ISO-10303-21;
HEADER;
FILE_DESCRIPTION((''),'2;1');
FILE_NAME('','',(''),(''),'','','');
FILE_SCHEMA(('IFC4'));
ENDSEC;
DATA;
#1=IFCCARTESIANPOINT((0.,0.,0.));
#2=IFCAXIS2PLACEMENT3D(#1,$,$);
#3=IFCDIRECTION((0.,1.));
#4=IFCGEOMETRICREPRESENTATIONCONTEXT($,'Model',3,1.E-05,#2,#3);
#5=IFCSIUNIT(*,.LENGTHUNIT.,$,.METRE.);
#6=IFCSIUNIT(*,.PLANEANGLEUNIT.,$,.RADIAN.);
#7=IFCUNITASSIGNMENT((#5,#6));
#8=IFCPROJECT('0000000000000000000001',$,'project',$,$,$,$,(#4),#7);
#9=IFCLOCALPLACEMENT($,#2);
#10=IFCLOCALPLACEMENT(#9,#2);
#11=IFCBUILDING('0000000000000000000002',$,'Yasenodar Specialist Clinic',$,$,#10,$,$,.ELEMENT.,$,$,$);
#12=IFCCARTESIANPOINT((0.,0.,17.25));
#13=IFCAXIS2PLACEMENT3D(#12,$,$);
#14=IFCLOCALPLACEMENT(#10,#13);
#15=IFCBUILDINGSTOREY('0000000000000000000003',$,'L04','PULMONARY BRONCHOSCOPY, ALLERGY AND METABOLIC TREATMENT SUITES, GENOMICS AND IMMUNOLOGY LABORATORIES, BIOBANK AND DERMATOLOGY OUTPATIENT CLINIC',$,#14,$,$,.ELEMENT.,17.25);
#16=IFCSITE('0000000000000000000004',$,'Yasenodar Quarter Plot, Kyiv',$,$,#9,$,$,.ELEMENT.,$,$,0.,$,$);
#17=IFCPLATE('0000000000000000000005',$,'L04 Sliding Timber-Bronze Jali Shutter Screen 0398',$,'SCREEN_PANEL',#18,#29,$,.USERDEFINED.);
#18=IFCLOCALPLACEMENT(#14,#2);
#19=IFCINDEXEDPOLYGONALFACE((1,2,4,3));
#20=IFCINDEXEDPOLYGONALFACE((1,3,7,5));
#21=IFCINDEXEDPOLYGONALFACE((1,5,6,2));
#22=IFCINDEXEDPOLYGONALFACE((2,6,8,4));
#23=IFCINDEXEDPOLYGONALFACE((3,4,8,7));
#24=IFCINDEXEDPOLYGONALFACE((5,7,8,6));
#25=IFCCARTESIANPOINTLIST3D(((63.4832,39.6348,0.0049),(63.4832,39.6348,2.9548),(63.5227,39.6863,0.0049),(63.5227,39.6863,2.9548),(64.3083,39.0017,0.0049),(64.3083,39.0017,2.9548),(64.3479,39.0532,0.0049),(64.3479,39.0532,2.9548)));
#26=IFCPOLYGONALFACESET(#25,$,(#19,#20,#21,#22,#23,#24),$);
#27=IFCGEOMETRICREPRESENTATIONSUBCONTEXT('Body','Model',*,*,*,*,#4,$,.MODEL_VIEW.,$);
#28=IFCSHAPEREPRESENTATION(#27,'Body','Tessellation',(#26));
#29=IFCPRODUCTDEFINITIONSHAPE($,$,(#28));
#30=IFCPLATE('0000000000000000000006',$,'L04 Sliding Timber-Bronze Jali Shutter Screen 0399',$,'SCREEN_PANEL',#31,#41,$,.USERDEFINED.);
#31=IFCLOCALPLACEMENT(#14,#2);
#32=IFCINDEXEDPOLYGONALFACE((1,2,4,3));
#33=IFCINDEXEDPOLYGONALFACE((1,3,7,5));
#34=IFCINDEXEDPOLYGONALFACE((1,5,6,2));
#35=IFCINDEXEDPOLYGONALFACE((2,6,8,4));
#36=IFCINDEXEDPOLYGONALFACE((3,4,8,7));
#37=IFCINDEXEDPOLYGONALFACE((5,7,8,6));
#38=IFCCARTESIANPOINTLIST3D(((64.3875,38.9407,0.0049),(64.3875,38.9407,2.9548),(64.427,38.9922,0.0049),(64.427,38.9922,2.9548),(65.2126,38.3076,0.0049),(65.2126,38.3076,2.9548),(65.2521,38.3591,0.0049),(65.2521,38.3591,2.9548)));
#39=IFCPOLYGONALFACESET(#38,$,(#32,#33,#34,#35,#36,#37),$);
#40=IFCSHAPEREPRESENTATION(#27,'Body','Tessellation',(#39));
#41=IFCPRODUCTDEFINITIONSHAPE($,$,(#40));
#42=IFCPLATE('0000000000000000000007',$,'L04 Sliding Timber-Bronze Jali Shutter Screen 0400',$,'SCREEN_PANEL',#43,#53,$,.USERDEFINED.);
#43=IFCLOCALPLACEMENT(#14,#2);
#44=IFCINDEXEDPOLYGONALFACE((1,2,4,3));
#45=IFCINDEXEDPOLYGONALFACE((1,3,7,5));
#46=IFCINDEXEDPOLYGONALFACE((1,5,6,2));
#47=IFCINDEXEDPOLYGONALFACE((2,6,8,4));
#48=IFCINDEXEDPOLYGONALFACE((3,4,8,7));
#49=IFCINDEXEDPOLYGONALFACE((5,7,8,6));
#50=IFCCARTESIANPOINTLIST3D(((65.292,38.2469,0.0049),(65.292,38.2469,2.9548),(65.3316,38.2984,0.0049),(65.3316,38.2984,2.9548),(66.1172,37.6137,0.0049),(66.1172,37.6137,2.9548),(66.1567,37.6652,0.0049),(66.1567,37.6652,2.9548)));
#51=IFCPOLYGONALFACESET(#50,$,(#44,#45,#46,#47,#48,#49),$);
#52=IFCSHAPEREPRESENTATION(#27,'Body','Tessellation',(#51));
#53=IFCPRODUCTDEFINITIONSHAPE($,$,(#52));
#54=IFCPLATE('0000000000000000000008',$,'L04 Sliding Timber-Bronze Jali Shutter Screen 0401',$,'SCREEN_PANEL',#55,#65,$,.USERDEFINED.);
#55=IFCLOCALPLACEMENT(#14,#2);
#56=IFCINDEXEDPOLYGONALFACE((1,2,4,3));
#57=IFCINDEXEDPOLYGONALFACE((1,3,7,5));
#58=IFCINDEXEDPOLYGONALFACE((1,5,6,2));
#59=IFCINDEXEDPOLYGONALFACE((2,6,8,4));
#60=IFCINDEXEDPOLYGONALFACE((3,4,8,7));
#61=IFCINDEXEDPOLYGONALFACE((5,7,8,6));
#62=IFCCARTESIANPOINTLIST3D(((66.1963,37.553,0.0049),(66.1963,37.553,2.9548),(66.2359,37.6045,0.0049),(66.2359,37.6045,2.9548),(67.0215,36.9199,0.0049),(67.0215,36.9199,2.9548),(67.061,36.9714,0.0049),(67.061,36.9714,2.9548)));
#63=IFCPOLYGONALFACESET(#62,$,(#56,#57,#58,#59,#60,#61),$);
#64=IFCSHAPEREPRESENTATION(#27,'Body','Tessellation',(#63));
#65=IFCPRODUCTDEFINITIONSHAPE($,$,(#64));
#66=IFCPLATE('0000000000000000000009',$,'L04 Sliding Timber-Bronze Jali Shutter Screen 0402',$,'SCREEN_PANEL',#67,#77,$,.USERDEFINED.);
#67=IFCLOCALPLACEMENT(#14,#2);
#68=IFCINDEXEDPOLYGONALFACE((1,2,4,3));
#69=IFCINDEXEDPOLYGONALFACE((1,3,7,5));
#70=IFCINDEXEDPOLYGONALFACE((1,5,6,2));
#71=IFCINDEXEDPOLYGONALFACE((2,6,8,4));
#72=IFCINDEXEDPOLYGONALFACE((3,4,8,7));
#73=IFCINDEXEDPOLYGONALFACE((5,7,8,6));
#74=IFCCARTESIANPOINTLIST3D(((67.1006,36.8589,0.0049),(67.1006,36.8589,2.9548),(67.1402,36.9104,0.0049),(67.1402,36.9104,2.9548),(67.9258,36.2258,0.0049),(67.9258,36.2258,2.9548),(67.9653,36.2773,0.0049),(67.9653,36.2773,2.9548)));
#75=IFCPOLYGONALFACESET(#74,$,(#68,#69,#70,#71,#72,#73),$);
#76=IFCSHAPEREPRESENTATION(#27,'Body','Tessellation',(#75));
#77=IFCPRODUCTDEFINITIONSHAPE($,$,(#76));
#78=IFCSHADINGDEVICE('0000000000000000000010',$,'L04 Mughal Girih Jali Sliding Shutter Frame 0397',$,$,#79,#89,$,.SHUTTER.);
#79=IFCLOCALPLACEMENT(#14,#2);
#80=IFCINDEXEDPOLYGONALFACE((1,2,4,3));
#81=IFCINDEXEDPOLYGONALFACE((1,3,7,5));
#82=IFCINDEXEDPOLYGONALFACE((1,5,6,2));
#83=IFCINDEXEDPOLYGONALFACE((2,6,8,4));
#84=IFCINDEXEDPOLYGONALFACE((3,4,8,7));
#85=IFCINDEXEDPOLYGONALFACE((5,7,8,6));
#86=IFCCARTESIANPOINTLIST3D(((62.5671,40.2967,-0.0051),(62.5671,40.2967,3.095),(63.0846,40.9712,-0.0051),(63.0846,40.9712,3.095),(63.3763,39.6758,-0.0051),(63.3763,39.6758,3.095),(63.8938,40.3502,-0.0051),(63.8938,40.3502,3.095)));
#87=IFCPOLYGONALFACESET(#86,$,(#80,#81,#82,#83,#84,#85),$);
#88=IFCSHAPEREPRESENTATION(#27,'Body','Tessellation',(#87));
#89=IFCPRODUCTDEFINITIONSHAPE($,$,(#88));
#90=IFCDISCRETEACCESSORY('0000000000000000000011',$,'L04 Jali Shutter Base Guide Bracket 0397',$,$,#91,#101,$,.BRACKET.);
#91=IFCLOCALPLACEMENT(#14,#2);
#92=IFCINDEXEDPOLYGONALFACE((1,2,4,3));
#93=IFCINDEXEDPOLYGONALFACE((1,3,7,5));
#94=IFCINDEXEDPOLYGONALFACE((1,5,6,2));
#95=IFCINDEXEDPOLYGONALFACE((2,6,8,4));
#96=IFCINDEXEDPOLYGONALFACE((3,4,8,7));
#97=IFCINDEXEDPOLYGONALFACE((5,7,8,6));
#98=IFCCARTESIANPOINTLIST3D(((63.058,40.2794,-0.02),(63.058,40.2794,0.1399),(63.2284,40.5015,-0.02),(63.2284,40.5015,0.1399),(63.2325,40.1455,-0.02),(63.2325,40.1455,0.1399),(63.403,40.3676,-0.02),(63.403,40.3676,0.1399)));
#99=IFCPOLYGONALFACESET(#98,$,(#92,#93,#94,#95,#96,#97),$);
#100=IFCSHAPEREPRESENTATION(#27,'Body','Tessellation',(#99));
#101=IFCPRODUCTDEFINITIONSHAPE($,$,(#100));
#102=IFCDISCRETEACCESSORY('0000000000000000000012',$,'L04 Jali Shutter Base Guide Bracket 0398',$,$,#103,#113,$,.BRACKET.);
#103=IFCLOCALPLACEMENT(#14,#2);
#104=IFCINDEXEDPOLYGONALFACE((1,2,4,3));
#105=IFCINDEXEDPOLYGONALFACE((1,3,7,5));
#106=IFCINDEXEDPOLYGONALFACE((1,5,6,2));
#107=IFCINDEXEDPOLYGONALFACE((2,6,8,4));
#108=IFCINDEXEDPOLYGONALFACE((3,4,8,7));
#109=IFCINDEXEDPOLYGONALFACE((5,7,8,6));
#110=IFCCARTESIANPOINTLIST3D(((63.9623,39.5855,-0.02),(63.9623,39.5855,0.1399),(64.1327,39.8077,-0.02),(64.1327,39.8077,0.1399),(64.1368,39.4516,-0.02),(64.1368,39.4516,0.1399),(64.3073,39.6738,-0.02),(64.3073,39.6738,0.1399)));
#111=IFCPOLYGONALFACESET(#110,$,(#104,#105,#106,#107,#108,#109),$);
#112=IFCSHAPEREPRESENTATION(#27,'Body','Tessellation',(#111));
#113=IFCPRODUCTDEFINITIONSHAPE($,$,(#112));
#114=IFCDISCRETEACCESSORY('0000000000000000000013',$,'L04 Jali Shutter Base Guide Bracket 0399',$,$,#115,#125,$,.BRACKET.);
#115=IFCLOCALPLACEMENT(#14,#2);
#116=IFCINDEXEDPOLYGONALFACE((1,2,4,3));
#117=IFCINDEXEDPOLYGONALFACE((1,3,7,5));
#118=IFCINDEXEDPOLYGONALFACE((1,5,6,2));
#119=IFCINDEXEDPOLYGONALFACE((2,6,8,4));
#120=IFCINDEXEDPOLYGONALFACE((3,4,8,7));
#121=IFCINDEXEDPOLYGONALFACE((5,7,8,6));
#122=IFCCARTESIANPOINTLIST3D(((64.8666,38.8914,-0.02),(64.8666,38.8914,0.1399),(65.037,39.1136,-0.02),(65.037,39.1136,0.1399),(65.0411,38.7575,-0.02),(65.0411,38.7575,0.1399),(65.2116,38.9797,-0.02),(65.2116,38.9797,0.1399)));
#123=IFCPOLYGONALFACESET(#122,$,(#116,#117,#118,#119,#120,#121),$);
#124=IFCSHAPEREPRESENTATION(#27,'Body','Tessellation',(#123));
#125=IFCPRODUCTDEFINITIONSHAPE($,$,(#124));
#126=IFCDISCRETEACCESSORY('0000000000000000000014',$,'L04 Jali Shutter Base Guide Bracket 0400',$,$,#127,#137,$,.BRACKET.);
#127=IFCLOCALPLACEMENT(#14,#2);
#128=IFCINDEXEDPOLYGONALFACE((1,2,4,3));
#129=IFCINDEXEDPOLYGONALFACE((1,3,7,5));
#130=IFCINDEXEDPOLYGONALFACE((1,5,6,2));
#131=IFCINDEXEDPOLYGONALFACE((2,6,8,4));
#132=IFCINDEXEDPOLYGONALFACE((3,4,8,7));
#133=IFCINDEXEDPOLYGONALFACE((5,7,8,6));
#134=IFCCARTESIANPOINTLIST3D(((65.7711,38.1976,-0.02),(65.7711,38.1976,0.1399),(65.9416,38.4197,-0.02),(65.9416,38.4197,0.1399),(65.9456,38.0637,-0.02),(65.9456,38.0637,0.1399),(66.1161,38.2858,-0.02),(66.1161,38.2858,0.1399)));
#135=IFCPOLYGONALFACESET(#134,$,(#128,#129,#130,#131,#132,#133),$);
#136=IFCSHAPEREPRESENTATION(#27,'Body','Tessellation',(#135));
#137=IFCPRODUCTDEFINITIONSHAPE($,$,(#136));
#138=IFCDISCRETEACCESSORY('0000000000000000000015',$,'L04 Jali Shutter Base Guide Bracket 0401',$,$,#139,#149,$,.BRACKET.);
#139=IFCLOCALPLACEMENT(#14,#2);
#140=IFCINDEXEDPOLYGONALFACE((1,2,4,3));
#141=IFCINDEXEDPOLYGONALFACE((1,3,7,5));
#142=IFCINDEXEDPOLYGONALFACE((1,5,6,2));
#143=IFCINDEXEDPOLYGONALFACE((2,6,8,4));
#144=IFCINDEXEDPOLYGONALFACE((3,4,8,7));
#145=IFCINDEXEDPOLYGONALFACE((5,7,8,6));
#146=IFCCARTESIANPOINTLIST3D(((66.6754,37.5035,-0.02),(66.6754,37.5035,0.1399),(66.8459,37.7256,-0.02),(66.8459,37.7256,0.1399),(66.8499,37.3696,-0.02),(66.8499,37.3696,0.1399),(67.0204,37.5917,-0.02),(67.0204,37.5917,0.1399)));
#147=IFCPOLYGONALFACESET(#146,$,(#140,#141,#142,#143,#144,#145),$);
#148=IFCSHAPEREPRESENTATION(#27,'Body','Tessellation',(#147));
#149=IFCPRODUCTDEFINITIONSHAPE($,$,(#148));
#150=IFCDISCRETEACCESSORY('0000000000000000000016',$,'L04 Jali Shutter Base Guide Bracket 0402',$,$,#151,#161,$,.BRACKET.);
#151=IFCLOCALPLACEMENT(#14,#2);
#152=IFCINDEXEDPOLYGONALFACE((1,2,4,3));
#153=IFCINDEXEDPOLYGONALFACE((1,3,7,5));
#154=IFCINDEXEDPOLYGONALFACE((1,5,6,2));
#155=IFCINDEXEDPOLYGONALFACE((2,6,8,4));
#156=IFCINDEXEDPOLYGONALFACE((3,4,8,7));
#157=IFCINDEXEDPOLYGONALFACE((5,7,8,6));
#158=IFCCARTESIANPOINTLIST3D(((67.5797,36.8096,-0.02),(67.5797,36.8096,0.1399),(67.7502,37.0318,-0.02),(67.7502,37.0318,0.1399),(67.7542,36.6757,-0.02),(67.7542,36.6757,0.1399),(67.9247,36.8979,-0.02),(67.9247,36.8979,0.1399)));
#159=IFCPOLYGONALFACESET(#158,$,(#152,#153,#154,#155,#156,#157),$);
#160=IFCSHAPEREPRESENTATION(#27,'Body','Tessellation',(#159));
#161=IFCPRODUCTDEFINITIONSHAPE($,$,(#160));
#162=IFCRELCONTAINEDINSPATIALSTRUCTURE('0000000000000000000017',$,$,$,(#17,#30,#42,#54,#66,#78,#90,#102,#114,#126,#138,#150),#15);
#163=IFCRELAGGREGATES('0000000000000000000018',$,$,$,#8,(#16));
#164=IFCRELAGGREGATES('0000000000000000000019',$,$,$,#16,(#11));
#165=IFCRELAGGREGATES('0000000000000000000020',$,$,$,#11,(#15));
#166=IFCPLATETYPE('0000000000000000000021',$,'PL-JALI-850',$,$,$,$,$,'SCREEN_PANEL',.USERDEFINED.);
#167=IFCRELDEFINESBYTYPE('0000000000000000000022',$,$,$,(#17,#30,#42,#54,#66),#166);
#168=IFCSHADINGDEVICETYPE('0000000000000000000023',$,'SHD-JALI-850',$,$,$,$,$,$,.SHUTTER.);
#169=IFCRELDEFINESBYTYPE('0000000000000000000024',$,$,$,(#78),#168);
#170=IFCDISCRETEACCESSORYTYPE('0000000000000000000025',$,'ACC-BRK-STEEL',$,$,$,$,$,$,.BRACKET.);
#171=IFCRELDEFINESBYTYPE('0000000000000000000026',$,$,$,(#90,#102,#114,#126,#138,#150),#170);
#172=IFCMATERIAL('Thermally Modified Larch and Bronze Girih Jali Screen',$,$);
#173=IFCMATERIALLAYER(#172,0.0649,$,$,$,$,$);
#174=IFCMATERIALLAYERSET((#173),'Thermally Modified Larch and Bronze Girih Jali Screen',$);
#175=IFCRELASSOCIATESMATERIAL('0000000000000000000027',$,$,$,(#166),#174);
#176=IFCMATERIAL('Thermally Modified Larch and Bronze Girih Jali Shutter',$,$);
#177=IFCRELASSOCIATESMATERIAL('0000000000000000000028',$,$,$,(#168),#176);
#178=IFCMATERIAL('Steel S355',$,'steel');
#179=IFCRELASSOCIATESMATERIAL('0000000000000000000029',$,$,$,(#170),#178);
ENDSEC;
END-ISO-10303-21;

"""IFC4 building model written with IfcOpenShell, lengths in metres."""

from ifc_helpers import new_model, si_unit, direction, frame, origin, origin_2d, place, context, subcontext, project, spatial, rectangle, extrude, material, layer, layer_set, type_object, element, save


model = new_model("IFC4")

# Units and contexts
model_context = context("Model", 3, precision=1e-05, world=origin(), true_north=direction((0.0, 1.0)))
body_context = subcontext(model_context, "Body", "Model", "MODEL_VIEW")
ifc_project = project(units=[si_unit("LENGTHUNIT", "METRE"), si_unit("PLANEANGLEUNIT", "RADIAN")], contexts=[model_context])

# Site, building, storey
site_placement = place(None, origin())
site = spatial("IfcSite", under=ifc_project, at=site_placement, Name="Yasenodar Quarter Plot, Kyiv", CompositionType="ELEMENT", RefElevation=0.0)
building_placement = place(site_placement, origin())
building = spatial("IfcBuilding", under=site, at=building_placement, Name="Yasenodar Specialist Clinic", CompositionType="ELEMENT")
storey_placement = place(building_placement, frame((0.0, 0.0, 17.25)))
storey = spatial("IfcBuildingStorey", under=building, at=storey_placement, Name="L04", Description="PULMONARY BRONCHOSCOPY, ALLERGY AND METABOLIC TREATMENT SUITES, GENOMICS AND IMMUNOLOGY LABORATORIES, BIOBANK AND DERMATOLOGY OUTPATIENT CLINIC", CompositionType="ELEMENT", Elevation=17.25)

# Plates
ifc_material_1 = material(Name="Thermally Modified Larch and Bronze Girih Jali Screen")
ifc_layer_1 = layer(ifc_material_1, 0.0649)
ifc_layer_set_1 = layer_set([ifc_layer_1], Name="Thermally Modified Larch and Bronze Girih Jali Screen")
plate_type_1 = type_object("IfcPlateType", Name="PL-JALI-850", ElementType="SCREEN_PANEL", PredefinedType="USERDEFINED", material=ifc_layer_set_1)
for number, where, z_axis, x_axis, name in (
    (1, (63.9155, 39.344, 0.0049), (0.0, 0.0, 1.0), (0.793351, -0.608764, 0.0), "L04 Sliding Timber-Bronze Jali Shutter Screen 0398"),
    (2, (64.8198, 38.6499, 0.0049), (0.0, 0.0, 1.0), (0.793351, -0.608764, 0.0), "L04 Sliding Timber-Bronze Jali Shutter Screen 0399"),
    (3, (65.7244, 37.9561, 0.0049), (0.0, 0.0, 1.0), (0.793351, -0.608764, 0.0), "L04 Sliding Timber-Bronze Jali Shutter Screen 0400"),
    (4, (66.6287, 37.2622, 0.0049), (0.0, 0.0, 1.0), (0.793351, -0.608764, 0.0), "L04 Sliding Timber-Bronze Jali Shutter Screen 0401"),
    (5, (67.533, 36.5681, 0.0049), (0.0, 0.0, 1.0), (0.793351, -0.608764, 0.0), "L04 Sliding Timber-Bronze Jali Shutter Screen 0402"),
):
    element("IfcPlate", number, at=place(storey_placement, frame(where, z_axis=z_axis, x_axis=x_axis)), inside=storey, type_object=plate_type_1, Name=name, ObjectType="SCREEN_PANEL", PredefinedType="USERDEFINED", context=body_context, shape_type="SweptSolid", body=[
        extrude(rectangle(XDim=1.04, YDim=0.0649, at=origin_2d()), origin(), (0.0, 0.0, 1.0), 2.95),
    ])

# Shading device
ifc_material_2 = material(Name="Thermally Modified Larch and Bronze Girih Jali Shutter")
shading_device_type = type_object("IfcShadingDeviceType", Name="SHD-JALI-850", PredefinedType="SHUTTER", material=ifc_material_2)
shading_device_placement = place(storey_placement, frame((63.2305, 40.3235, -0.0051), z_axis=(0.0, 0.0, 1.0), x_axis=(0.793351, -0.608764, 0.0)))
element("IfcShadingDevice", 6, at=shading_device_placement, inside=storey, type_object=shading_device_type, Name="L04 Mughal Girih Jali Sliding Shutter Frame 0397", PredefinedType="SHUTTER", context=body_context, shape_type="SweptSolid", body=[
    extrude(rectangle(XDim=1.02, YDim=0.8501, at=origin_2d()), origin(), (0.0, 0.0, 1.0), 3.1001),
])

# Discrete accessories
ifc_material_3 = material(Name="Steel S355", Category="steel")
discrete_accessory_type = type_object("IfcDiscreteAccessoryType", Name="ACC-BRK-STEEL", PredefinedType="BRACKET", material=ifc_material_3)
for number, where, z_axis, x_axis, name in (
    (7, (63.2305, 40.3235, -0.02), (0.0, 0.0, 1.0), (0.793351, -0.608764, 0.0), "L04 Jali Shutter Base Guide Bracket 0397"),
    (8, (64.1348, 39.6296, -0.02), (0.0, 0.0, 1.0), (0.793351, -0.608764, 0.0), "L04 Jali Shutter Base Guide Bracket 0398"),
    (9, (65.0391, 38.9355, -0.02), (0.0, 0.0, 1.0), (0.793351, -0.608764, 0.0), "L04 Jali Shutter Base Guide Bracket 0399"),
    (10, (65.9436, 38.2417, -0.02), (0.0, 0.0, 1.0), (0.793351, -0.608764, 0.0), "L04 Jali Shutter Base Guide Bracket 0400"),
    (11, (66.8479, 37.5476, -0.02), (0.0, 0.0, 1.0), (0.793351, -0.608764, 0.0), "L04 Jali Shutter Base Guide Bracket 0401"),
    (12, (67.7522, 36.8538, -0.02), (0.0, 0.0, 1.0), (0.793351, -0.608764, 0.0), "L04 Jali Shutter Base Guide Bracket 0402"),
):
    element("IfcDiscreteAccessory", number, at=place(storey_placement, frame(where, z_axis=z_axis, x_axis=x_axis)), inside=storey, type_object=discrete_accessory_type, Name=name, PredefinedType="BRACKET", context=body_context, shape_type="SweptSolid", body=[
        extrude(rectangle(XDim=0.22, YDim=0.28, at=origin_2d()), origin(), (0.0, 0.0, 1.0), 0.1599),
    ])

save(model, "model.ifc")
